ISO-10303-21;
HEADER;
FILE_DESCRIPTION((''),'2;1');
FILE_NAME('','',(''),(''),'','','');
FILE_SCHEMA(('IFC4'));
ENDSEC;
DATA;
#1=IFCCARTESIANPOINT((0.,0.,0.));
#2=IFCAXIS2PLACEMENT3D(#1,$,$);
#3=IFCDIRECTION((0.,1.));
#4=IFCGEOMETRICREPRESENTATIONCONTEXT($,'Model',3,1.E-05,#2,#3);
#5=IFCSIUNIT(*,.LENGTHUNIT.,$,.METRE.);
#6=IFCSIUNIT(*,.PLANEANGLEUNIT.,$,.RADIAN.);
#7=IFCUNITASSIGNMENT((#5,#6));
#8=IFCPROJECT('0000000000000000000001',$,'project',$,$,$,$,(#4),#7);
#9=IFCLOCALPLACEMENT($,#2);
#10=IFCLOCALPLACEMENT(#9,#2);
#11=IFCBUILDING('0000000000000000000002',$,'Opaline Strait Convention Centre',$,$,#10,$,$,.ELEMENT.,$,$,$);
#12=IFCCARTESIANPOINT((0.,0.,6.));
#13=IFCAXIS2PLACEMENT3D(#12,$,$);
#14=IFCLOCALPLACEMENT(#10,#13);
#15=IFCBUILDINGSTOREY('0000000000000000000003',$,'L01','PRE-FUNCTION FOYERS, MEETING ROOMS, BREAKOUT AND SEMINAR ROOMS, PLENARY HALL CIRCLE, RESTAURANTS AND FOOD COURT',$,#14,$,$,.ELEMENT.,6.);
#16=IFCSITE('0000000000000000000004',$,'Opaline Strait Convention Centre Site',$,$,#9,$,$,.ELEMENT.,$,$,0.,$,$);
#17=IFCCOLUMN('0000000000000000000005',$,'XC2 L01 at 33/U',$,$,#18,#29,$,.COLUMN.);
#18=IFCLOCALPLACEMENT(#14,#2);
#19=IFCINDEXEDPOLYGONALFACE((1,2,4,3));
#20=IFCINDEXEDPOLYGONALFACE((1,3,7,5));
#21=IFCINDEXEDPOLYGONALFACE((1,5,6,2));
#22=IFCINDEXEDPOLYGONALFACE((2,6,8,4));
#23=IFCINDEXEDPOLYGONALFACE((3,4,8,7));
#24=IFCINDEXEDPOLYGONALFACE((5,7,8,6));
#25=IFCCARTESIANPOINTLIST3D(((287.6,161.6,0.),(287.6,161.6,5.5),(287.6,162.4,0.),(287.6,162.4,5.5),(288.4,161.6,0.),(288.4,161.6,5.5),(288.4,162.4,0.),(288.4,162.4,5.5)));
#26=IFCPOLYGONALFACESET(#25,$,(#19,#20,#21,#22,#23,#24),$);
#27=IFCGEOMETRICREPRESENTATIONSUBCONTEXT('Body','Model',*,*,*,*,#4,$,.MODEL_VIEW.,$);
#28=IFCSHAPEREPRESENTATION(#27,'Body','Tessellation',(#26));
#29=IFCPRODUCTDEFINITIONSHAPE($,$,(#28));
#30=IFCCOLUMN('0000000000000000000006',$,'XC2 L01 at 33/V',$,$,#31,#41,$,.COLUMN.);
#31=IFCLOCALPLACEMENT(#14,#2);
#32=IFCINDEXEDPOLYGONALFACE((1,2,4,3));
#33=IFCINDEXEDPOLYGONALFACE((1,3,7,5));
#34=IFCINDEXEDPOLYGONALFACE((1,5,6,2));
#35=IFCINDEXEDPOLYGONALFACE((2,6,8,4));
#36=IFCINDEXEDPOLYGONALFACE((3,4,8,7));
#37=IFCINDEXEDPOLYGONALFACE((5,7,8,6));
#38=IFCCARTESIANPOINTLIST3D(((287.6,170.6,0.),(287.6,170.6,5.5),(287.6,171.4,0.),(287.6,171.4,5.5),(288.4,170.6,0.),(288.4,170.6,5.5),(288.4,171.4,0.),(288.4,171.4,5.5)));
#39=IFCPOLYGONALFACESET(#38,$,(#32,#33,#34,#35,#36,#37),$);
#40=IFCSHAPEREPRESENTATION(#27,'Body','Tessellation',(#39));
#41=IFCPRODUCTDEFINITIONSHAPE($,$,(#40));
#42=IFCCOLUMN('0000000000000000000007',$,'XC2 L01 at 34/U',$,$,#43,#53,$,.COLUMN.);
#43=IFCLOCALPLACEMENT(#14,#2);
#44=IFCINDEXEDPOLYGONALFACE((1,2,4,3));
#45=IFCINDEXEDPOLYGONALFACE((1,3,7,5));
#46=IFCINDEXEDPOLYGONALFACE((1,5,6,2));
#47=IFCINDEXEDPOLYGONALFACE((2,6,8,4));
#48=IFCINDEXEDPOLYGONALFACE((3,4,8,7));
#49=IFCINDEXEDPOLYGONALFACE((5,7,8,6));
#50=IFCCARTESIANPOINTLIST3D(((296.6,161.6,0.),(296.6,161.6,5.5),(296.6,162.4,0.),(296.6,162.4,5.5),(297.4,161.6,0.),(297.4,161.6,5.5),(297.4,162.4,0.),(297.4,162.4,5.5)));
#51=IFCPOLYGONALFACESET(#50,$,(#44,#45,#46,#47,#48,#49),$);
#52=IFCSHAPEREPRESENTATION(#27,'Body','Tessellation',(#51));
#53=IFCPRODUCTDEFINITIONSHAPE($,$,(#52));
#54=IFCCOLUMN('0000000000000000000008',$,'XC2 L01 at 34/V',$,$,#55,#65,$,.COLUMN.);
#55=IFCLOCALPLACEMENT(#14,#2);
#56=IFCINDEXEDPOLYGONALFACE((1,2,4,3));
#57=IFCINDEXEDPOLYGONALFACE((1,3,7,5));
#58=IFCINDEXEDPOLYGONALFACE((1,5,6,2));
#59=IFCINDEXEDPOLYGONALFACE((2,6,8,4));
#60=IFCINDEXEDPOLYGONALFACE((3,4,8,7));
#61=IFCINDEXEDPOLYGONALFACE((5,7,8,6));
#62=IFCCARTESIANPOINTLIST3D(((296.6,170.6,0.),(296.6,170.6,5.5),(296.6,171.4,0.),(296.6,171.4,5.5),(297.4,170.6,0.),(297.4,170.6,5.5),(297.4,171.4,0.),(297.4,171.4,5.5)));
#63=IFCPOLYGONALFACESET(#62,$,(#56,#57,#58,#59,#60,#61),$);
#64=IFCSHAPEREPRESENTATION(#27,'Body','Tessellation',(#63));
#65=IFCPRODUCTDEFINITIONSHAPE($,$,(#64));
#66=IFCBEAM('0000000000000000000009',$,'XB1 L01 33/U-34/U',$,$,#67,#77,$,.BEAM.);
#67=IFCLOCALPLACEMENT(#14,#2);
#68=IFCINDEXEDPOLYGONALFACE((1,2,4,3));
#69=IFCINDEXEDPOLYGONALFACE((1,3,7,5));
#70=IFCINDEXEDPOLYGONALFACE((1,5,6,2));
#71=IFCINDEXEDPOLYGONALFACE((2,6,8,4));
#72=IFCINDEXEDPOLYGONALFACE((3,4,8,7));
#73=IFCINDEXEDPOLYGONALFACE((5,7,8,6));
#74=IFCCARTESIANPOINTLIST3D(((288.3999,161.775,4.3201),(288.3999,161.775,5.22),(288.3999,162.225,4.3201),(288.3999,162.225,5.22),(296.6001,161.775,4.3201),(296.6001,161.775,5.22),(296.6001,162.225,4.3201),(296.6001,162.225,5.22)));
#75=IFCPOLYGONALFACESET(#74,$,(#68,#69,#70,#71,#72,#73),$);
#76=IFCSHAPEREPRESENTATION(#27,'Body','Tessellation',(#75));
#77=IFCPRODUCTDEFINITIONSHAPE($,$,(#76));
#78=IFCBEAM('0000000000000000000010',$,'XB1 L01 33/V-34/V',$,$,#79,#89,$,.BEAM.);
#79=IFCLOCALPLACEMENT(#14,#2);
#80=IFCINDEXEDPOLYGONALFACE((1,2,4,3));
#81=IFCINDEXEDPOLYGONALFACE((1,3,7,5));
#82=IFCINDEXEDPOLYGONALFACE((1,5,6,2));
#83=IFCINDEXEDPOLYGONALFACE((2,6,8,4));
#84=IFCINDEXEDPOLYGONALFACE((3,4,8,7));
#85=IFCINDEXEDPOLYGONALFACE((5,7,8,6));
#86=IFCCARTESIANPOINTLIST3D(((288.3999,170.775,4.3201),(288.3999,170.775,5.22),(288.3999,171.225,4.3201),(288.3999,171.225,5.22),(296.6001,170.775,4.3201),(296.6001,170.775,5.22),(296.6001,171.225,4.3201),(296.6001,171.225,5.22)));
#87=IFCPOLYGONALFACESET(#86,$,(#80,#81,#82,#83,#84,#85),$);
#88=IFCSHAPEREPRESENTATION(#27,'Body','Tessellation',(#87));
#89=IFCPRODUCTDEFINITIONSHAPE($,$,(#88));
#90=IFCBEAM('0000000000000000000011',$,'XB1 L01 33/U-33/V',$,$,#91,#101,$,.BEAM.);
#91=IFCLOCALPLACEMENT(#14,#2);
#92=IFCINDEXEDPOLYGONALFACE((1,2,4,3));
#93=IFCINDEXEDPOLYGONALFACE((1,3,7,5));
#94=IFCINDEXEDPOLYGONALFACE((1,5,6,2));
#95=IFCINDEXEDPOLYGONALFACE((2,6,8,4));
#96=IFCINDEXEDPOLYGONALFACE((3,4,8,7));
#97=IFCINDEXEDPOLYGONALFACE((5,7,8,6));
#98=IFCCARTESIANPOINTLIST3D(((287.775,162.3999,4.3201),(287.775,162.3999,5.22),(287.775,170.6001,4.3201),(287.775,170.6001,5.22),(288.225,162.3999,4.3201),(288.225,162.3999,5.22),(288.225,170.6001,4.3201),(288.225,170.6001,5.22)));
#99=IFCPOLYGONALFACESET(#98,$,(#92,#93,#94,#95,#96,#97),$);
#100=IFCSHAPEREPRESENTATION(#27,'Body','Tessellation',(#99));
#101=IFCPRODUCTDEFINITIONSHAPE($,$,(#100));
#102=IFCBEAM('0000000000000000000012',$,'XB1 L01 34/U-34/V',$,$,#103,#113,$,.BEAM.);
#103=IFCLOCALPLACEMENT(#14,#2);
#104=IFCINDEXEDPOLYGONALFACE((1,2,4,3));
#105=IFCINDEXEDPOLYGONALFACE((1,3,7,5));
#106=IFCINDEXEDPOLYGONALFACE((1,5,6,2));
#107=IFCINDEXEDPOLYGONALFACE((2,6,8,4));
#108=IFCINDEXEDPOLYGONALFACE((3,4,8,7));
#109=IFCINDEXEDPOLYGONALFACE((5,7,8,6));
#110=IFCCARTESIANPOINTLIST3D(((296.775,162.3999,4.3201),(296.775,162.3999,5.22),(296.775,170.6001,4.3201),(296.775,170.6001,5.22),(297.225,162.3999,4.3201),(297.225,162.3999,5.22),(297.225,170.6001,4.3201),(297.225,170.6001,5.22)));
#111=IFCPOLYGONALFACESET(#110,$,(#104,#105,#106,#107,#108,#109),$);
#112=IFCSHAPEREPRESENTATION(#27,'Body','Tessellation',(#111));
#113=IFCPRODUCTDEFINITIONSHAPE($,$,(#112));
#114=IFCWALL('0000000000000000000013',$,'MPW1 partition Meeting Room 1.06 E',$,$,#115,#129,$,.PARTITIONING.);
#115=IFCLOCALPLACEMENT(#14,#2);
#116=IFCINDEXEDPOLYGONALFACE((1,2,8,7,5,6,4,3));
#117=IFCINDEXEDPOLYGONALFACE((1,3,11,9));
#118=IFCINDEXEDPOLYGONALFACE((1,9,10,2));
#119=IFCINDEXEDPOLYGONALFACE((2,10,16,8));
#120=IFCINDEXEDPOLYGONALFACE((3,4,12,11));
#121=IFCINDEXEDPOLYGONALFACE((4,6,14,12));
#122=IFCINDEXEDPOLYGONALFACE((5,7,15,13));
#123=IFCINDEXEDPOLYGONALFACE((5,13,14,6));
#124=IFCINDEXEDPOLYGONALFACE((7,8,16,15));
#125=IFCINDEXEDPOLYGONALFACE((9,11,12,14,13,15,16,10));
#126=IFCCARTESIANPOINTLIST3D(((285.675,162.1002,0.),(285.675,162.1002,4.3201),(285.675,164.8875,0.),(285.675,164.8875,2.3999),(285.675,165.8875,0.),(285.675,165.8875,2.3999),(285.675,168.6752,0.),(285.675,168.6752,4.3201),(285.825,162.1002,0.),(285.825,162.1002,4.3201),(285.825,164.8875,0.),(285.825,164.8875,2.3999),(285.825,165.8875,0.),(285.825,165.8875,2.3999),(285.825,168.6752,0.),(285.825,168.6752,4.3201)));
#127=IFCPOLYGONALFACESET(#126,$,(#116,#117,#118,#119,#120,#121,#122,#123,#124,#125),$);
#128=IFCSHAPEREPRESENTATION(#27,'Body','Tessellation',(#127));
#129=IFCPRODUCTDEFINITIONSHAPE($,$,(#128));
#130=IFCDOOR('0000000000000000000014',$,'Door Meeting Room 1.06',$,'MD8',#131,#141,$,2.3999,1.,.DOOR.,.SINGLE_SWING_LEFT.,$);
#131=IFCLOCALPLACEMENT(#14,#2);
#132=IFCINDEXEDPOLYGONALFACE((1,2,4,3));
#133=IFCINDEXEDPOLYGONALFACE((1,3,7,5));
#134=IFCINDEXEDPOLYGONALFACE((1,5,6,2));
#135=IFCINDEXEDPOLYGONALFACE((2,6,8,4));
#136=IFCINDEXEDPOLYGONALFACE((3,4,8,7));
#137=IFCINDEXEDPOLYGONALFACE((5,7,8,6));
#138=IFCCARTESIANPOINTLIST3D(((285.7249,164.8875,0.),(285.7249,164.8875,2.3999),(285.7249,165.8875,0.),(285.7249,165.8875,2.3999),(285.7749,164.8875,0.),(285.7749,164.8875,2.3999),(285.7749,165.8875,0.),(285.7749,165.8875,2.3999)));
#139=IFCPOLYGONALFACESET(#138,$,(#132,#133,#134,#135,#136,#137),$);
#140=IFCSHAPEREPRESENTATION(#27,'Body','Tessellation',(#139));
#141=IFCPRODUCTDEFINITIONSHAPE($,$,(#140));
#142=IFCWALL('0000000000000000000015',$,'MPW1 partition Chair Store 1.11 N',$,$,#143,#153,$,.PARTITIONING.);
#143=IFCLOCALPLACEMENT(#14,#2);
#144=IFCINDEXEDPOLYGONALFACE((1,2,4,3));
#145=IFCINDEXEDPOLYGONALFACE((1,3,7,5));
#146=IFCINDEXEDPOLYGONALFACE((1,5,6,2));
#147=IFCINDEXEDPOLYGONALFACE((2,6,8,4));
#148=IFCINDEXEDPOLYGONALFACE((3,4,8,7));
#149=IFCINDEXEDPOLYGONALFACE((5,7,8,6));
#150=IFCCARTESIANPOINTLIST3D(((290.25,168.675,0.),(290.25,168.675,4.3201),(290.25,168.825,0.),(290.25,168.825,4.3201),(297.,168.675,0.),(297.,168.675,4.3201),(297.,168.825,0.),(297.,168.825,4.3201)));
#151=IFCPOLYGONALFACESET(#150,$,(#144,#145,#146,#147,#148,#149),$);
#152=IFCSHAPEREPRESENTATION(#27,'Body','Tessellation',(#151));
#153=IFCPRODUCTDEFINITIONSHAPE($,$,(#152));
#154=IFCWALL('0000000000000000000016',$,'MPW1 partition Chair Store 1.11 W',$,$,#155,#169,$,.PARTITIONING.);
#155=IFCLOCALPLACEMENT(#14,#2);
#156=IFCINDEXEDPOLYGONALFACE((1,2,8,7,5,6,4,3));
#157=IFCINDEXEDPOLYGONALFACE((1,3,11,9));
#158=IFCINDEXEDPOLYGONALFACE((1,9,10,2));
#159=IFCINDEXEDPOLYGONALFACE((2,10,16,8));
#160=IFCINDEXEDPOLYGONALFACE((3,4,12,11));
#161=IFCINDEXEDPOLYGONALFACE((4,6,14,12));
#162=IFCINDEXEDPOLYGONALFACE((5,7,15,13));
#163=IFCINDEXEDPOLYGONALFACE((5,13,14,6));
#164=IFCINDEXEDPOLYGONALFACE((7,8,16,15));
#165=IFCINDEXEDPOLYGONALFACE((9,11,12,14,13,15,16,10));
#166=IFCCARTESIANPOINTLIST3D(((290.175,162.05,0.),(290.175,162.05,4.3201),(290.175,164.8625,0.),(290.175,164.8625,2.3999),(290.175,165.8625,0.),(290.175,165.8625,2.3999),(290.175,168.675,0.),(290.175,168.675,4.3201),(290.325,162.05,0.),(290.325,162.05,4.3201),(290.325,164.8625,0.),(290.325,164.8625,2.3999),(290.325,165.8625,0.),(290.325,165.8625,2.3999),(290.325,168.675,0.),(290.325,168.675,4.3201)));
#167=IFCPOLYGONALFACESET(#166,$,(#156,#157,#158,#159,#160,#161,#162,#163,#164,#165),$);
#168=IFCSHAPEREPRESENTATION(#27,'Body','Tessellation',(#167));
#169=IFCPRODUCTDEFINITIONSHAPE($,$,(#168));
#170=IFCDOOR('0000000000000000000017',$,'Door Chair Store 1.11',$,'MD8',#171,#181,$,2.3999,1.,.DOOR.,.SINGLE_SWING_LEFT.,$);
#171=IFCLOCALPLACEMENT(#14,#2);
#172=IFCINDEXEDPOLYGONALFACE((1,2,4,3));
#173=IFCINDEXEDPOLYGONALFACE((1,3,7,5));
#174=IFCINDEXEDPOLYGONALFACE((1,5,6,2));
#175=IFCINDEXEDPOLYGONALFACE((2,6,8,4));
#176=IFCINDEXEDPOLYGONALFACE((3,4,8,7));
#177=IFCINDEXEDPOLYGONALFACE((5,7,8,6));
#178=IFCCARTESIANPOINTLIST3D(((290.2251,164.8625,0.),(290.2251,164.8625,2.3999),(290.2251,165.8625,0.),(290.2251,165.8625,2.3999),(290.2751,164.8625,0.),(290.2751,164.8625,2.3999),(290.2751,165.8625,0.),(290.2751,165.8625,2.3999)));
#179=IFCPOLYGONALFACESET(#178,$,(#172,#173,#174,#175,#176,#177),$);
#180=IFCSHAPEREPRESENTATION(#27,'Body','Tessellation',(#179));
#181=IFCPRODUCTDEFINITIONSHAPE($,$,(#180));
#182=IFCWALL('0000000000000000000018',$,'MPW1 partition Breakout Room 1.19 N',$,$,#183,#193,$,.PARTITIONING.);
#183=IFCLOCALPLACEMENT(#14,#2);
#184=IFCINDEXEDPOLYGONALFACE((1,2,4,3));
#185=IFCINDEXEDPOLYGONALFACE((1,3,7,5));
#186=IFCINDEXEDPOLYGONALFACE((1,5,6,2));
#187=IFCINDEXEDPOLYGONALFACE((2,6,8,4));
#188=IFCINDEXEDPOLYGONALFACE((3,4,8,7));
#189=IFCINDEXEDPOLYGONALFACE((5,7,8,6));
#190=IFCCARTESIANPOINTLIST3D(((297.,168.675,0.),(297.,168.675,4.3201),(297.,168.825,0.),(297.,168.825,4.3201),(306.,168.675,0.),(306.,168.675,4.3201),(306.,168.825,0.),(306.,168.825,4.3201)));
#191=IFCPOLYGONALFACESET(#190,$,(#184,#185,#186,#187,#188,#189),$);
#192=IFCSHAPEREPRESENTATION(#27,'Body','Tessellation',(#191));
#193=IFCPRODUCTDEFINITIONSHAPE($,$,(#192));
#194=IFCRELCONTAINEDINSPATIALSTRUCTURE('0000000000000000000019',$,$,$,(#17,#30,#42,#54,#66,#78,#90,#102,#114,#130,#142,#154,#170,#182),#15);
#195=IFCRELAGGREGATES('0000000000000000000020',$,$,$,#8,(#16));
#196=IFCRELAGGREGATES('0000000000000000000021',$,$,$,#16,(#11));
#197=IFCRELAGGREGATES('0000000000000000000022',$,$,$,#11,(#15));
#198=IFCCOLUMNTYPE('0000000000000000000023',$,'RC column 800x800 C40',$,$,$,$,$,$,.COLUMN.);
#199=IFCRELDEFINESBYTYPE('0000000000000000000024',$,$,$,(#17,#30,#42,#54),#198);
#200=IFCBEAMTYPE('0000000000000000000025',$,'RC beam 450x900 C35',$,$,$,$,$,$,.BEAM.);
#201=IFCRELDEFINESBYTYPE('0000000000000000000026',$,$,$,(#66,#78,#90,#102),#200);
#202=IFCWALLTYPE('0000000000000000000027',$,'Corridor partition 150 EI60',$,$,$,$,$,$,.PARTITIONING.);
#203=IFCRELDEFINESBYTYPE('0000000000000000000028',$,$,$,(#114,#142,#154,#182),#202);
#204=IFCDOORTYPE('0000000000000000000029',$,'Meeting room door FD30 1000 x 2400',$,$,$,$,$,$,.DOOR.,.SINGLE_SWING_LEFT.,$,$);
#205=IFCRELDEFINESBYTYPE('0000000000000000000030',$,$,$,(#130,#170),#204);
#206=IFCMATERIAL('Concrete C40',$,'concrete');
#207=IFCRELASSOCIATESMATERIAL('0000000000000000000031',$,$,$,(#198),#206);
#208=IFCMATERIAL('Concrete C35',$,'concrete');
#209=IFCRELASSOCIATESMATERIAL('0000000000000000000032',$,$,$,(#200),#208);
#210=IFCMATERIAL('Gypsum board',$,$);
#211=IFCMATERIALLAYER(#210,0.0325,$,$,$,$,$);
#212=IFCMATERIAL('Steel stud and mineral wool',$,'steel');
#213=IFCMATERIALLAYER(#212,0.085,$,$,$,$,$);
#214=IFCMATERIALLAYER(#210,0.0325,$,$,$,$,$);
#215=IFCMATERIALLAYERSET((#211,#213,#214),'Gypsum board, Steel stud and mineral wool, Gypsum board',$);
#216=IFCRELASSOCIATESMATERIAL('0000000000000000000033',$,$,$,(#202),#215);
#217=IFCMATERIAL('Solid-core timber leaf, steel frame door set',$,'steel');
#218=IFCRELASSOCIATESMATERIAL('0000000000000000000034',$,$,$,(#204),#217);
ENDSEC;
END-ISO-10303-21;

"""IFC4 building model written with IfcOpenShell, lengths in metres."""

from ifc_helpers import new_model, si_unit, direction, frame, frame_2d, origin, origin_2d, place, context, subcontext, project, spatial, rectangle, extrude, material, layer, layer_set, material_profile, profile_set, type_object, element, fill, save


model = new_model("IFC4")

# Units and contexts
model_context = context("Model", 3, precision=1e-05, world=origin(), true_north=direction((0.0, 1.0)))
body_context = subcontext(model_context, "Body", "Model", "MODEL_VIEW")
ifc_project = project(units=[si_unit("LENGTHUNIT", "METRE"), si_unit("PLANEANGLEUNIT", "RADIAN")], contexts=[model_context])

# Site, building, storey
site_placement = place(None, origin())
site = spatial("IfcSite", under=ifc_project, at=site_placement, Name="Opaline Strait Convention Centre Site", CompositionType="ELEMENT", RefElevation=0.0)
building_placement = place(site_placement, origin())
building = spatial("IfcBuilding", under=site, at=building_placement, Name="Opaline Strait Convention Centre", CompositionType="ELEMENT")
storey_placement = place(building_placement, frame((0.0, 0.0, 6.0)))
storey = spatial("IfcBuildingStorey", under=building, at=storey_placement, Name="L01", Description="PRE-FUNCTION FOYERS, MEETING ROOMS, BREAKOUT AND SEMINAR ROOMS, PLENARY HALL CIRCLE, RESTAURANTS AND FOOD COURT", CompositionType="ELEMENT", Elevation=6.0)

# Columns
ifc_material_1 = material(Name="Concrete C40", Category="concrete")
ifc_material_profile_1 = material_profile(ifc_material_1, rectangle(XDim=0.8, YDim=0.8, at=origin_2d()), Name="RC 800x800")
ifc_profile_set_1 = profile_set([ifc_material_profile_1], Name="Concrete C40")
column_type = type_object("IfcColumnType", Name="RC column 800x800 C40", PredefinedType="COLUMN", material=ifc_profile_set_1)
for number, where, z_axis, x_axis, name in (
    (1, (288.0, 162.0, 0.0), (0.0, 0.0, 1.0), (1.0, 0.0, 0.0), "XC2 L01 at 33/U"),
    (2, (288.0, 171.0, 0.0), (0.0, 0.0, 1.0), (1.0, 0.0, 0.0), "XC2 L01 at 33/V"),
    (3, (297.0, 162.0, 0.0), (0.0, 0.0, 1.0), (1.0, 0.0, 0.0), "XC2 L01 at 34/U"),
    (4, (297.0, 171.0, 0.0), (0.0, 0.0, 1.0), (1.0, 0.0, 0.0), "XC2 L01 at 34/V"),
):
    element("IfcColumn", number, at=place(storey_placement, frame(where, z_axis=z_axis, x_axis=x_axis)), inside=storey, type_object=column_type, Name=name, PredefinedType="COLUMN", context=body_context, shape_type="SweptSolid", body=[
        extrude(rectangle(XDim=0.8, YDim=0.8, at=origin_2d()), origin(), (0.0, 0.0, 1.0), 5.5),
    ])

# Beams
ifc_material_2 = material(Name="Concrete C35", Category="concrete")
ifc_material_profile_2 = material_profile(ifc_material_2, rectangle(XDim=0.45, YDim=0.8999, at=origin_2d()), Name="RC 450x900")
ifc_profile_set_2 = profile_set([ifc_material_profile_2], Name="Concrete C35")
beam_type = type_object("IfcBeamType", Name="RC beam 450x900 C35", PredefinedType="BEAM", material=ifc_profile_set_2)
for number, where, z_axis, x_axis, name in (
    (5, (288.3999, 162.0, 4.77), (1.0, 0.0, 0.0), (0.0, 1.0, 0.0), "XB1 L01 33/U-34/U"),
    (6, (288.3999, 171.0, 4.77), (1.0, 0.0, 0.0), (0.0, 1.0, 0.0), "XB1 L01 33/V-34/V"),
    (7, (288.0, 162.3999, 4.77), (0.0, 1.0, 0.0), (-1.0, 0.0, 0.0), "XB1 L01 33/U-33/V"),
    (8, (297.0, 162.3999, 4.77), (0.0, 1.0, 0.0), (-1.0, 0.0, 0.0), "XB1 L01 34/U-34/V"),
):
    element("IfcBeam", number, at=place(storey_placement, frame(where, z_axis=z_axis, x_axis=x_axis)), inside=storey, type_object=beam_type, Name=name, PredefinedType="BEAM", context=body_context, shape_type="SweptSolid", body=[
        extrude(rectangle(XDim=0.45, YDim=0.8999, at=origin_2d()), origin(), (0.0, 0.0, 1.0), 8.2002),
    ])

# Wall, opening, door
ifc_material_3 = material(Name="Gypsum board")
ifc_layer_1 = layer(ifc_material_3, 0.0325)
ifc_material_4 = material(Name="Steel stud and mineral wool", Category="steel")
ifc_layer_2 = layer(ifc_material_4, 0.085)
ifc_layer_3 = layer(ifc_material_3, 0.0325)
ifc_layer_set_1 = layer_set([ifc_layer_1, ifc_layer_2, ifc_layer_3], Name="Gypsum board, Steel stud and mineral wool, Gypsum board")
wall_type_1 = type_object("IfcWallType", Name="Corridor partition 150 EI60", PredefinedType="PARTITIONING", material=ifc_layer_set_1)
wall_1_placement = place(storey_placement, frame((285.75, 162.1001, 0.0), z_axis=(0.0, 0.0, 1.0), x_axis=(0.0, 1.0, 0.0)))
wall_1 = element("IfcWall", 9, at=wall_1_placement, inside=storey, type_object=wall_type_1, Name="MPW1 partition Meeting Room 1.06 E", PredefinedType="PARTITIONING", context=body_context, shape_type="SweptSolid", body=[
    extrude(rectangle(XDim=6.575, YDim=0.1499, at=frame_2d((3.2876, 0.0))), origin(), (0.0, 0.0, 1.0), 4.3201),
])
opening_1_placement = place(wall_1_placement, frame((2.7874, 0.0, 0.0)))
opening_1 = element("IfcOpeningElement", 10, at=opening_1_placement, cuts=wall_1, PredefinedType="OPENING", context=body_context, shape_type="SweptSolid", body=[
    extrude(rectangle(XDim=1.0, YDim=2.3999, at=frame_2d((0.5, 1.2))), frame((0.0, 0.085, 0.0), z_axis=(0.0, -1.0, 0.0), x_axis=(1.0, 0.0, 0.0)), (0.0, 0.0, 1.0), 0.1699),
])
ifc_material_5 = material(Name="Solid-core timber leaf, steel frame door set", Category="steel")
door_type_1 = type_object("IfcDoorType", Name="Meeting room door FD30 1000 x 2400", OperationType="SINGLE_SWING_LEFT", PredefinedType="DOOR", material=ifc_material_5)
door_1_placement = place(opening_1_placement, frame((1.0, 0.0, 0.0), z_axis=(0.0, 0.0, 1.0), x_axis=(-1.0, 0.0, 0.0)))
door_1 = element("IfcDoor", 11, at=door_1_placement, inside=storey, type_object=door_type_1, Name="Door Meeting Room 1.06", ObjectType="MD8", OperationType="SINGLE_SWING_LEFT", OverallHeight=2.3999, OverallWidth=1.0, PredefinedType="DOOR", context=body_context, shape_type="SweptSolid", body=[
    extrude(rectangle(XDim=1.0, YDim=2.3999, at=frame_2d((0.5, 1.2))), frame((0.0, 0.0249, 0.0), z_axis=(0.0, -1.0, 0.0), x_axis=(1.0, 0.0, 0.0)), (0.0, 0.0, 1.0), 0.05),
])
fill(opening_1, door_1)

# Wall
wall_2_placement = place(storey_placement, frame((290.25, 168.75, 0.0), z_axis=(0.0, 0.0, 1.0), x_axis=(1.0, 0.0, 0.0)))
element("IfcWall", 12, at=wall_2_placement, inside=storey, type_object=wall_type_1, Name="MPW1 partition Chair Store 1.11 N", PredefinedType="PARTITIONING", context=body_context, shape_type="SweptSolid", body=[
    extrude(rectangle(XDim=6.75, YDim=0.1499, at=frame_2d((3.375, 0.0))), origin(), (0.0, 0.0, 1.0), 4.3201),
])

# Wall, opening, door
wall_3_placement = place(storey_placement, frame((290.25, 162.05, 0.0), z_axis=(0.0, 0.0, 1.0), x_axis=(0.0, 1.0, 0.0)))
wall_3 = element("IfcWall", 13, at=wall_3_placement, inside=storey, type_object=wall_type_1, Name="MPW1 partition Chair Store 1.11 W", PredefinedType="PARTITIONING", context=body_context, shape_type="SweptSolid", body=[
    extrude(rectangle(XDim=6.625, YDim=0.1499, at=frame_2d((3.3125, 0.0))), origin(), (0.0, 0.0, 1.0), 4.3201),
])
opening_2_placement = place(wall_3_placement, frame((2.8125, 0.0, 0.0)))
opening_2 = element("IfcOpeningElement", 14, at=opening_2_placement, cuts=wall_3, PredefinedType="OPENING", context=body_context, shape_type="SweptSolid", body=[
    extrude(rectangle(XDim=1.0, YDim=2.3999, at=frame_2d((0.5, 1.2))), frame((0.0, 0.085, 0.0), z_axis=(0.0, -1.0, 0.0), x_axis=(1.0, 0.0, 0.0)), (0.0, 0.0, 1.0), 0.1699),
])
door_2_placement = place(opening_2_placement, origin())
door_2 = element("IfcDoor", 15, at=door_2_placement, inside=storey, type_object=door_type_1, Name="Door Chair Store 1.11", ObjectType="MD8", OperationType="SINGLE_SWING_LEFT", OverallHeight=2.3999, OverallWidth=1.0, PredefinedType="DOOR", context=body_context, shape_type="SweptSolid", body=[
    extrude(rectangle(XDim=1.0, YDim=2.3999, at=frame_2d((0.5, 1.2))), frame((0.0, 0.0249, 0.0), z_axis=(0.0, -1.0, 0.0), x_axis=(1.0, 0.0, 0.0)), (0.0, 0.0, 1.0), 0.05),
])
fill(opening_2, door_2)

# Wall
wall_4_placement = place(storey_placement, frame((297.0, 168.75, 0.0), z_axis=(0.0, 0.0, 1.0), x_axis=(1.0, 0.0, 0.0)))
element("IfcWall", 16, at=wall_4_placement, inside=storey, type_object=wall_type_1, Name="MPW1 partition Breakout Room 1.19 N", PredefinedType="PARTITIONING", context=body_context, shape_type="SweptSolid", body=[
    extrude(rectangle(XDim=9.0, YDim=0.1499, at=frame_2d((4.5, 0.0))), origin(), (0.0, 0.0, 1.0), 4.3201),
])

save(model, "model.ifc")
